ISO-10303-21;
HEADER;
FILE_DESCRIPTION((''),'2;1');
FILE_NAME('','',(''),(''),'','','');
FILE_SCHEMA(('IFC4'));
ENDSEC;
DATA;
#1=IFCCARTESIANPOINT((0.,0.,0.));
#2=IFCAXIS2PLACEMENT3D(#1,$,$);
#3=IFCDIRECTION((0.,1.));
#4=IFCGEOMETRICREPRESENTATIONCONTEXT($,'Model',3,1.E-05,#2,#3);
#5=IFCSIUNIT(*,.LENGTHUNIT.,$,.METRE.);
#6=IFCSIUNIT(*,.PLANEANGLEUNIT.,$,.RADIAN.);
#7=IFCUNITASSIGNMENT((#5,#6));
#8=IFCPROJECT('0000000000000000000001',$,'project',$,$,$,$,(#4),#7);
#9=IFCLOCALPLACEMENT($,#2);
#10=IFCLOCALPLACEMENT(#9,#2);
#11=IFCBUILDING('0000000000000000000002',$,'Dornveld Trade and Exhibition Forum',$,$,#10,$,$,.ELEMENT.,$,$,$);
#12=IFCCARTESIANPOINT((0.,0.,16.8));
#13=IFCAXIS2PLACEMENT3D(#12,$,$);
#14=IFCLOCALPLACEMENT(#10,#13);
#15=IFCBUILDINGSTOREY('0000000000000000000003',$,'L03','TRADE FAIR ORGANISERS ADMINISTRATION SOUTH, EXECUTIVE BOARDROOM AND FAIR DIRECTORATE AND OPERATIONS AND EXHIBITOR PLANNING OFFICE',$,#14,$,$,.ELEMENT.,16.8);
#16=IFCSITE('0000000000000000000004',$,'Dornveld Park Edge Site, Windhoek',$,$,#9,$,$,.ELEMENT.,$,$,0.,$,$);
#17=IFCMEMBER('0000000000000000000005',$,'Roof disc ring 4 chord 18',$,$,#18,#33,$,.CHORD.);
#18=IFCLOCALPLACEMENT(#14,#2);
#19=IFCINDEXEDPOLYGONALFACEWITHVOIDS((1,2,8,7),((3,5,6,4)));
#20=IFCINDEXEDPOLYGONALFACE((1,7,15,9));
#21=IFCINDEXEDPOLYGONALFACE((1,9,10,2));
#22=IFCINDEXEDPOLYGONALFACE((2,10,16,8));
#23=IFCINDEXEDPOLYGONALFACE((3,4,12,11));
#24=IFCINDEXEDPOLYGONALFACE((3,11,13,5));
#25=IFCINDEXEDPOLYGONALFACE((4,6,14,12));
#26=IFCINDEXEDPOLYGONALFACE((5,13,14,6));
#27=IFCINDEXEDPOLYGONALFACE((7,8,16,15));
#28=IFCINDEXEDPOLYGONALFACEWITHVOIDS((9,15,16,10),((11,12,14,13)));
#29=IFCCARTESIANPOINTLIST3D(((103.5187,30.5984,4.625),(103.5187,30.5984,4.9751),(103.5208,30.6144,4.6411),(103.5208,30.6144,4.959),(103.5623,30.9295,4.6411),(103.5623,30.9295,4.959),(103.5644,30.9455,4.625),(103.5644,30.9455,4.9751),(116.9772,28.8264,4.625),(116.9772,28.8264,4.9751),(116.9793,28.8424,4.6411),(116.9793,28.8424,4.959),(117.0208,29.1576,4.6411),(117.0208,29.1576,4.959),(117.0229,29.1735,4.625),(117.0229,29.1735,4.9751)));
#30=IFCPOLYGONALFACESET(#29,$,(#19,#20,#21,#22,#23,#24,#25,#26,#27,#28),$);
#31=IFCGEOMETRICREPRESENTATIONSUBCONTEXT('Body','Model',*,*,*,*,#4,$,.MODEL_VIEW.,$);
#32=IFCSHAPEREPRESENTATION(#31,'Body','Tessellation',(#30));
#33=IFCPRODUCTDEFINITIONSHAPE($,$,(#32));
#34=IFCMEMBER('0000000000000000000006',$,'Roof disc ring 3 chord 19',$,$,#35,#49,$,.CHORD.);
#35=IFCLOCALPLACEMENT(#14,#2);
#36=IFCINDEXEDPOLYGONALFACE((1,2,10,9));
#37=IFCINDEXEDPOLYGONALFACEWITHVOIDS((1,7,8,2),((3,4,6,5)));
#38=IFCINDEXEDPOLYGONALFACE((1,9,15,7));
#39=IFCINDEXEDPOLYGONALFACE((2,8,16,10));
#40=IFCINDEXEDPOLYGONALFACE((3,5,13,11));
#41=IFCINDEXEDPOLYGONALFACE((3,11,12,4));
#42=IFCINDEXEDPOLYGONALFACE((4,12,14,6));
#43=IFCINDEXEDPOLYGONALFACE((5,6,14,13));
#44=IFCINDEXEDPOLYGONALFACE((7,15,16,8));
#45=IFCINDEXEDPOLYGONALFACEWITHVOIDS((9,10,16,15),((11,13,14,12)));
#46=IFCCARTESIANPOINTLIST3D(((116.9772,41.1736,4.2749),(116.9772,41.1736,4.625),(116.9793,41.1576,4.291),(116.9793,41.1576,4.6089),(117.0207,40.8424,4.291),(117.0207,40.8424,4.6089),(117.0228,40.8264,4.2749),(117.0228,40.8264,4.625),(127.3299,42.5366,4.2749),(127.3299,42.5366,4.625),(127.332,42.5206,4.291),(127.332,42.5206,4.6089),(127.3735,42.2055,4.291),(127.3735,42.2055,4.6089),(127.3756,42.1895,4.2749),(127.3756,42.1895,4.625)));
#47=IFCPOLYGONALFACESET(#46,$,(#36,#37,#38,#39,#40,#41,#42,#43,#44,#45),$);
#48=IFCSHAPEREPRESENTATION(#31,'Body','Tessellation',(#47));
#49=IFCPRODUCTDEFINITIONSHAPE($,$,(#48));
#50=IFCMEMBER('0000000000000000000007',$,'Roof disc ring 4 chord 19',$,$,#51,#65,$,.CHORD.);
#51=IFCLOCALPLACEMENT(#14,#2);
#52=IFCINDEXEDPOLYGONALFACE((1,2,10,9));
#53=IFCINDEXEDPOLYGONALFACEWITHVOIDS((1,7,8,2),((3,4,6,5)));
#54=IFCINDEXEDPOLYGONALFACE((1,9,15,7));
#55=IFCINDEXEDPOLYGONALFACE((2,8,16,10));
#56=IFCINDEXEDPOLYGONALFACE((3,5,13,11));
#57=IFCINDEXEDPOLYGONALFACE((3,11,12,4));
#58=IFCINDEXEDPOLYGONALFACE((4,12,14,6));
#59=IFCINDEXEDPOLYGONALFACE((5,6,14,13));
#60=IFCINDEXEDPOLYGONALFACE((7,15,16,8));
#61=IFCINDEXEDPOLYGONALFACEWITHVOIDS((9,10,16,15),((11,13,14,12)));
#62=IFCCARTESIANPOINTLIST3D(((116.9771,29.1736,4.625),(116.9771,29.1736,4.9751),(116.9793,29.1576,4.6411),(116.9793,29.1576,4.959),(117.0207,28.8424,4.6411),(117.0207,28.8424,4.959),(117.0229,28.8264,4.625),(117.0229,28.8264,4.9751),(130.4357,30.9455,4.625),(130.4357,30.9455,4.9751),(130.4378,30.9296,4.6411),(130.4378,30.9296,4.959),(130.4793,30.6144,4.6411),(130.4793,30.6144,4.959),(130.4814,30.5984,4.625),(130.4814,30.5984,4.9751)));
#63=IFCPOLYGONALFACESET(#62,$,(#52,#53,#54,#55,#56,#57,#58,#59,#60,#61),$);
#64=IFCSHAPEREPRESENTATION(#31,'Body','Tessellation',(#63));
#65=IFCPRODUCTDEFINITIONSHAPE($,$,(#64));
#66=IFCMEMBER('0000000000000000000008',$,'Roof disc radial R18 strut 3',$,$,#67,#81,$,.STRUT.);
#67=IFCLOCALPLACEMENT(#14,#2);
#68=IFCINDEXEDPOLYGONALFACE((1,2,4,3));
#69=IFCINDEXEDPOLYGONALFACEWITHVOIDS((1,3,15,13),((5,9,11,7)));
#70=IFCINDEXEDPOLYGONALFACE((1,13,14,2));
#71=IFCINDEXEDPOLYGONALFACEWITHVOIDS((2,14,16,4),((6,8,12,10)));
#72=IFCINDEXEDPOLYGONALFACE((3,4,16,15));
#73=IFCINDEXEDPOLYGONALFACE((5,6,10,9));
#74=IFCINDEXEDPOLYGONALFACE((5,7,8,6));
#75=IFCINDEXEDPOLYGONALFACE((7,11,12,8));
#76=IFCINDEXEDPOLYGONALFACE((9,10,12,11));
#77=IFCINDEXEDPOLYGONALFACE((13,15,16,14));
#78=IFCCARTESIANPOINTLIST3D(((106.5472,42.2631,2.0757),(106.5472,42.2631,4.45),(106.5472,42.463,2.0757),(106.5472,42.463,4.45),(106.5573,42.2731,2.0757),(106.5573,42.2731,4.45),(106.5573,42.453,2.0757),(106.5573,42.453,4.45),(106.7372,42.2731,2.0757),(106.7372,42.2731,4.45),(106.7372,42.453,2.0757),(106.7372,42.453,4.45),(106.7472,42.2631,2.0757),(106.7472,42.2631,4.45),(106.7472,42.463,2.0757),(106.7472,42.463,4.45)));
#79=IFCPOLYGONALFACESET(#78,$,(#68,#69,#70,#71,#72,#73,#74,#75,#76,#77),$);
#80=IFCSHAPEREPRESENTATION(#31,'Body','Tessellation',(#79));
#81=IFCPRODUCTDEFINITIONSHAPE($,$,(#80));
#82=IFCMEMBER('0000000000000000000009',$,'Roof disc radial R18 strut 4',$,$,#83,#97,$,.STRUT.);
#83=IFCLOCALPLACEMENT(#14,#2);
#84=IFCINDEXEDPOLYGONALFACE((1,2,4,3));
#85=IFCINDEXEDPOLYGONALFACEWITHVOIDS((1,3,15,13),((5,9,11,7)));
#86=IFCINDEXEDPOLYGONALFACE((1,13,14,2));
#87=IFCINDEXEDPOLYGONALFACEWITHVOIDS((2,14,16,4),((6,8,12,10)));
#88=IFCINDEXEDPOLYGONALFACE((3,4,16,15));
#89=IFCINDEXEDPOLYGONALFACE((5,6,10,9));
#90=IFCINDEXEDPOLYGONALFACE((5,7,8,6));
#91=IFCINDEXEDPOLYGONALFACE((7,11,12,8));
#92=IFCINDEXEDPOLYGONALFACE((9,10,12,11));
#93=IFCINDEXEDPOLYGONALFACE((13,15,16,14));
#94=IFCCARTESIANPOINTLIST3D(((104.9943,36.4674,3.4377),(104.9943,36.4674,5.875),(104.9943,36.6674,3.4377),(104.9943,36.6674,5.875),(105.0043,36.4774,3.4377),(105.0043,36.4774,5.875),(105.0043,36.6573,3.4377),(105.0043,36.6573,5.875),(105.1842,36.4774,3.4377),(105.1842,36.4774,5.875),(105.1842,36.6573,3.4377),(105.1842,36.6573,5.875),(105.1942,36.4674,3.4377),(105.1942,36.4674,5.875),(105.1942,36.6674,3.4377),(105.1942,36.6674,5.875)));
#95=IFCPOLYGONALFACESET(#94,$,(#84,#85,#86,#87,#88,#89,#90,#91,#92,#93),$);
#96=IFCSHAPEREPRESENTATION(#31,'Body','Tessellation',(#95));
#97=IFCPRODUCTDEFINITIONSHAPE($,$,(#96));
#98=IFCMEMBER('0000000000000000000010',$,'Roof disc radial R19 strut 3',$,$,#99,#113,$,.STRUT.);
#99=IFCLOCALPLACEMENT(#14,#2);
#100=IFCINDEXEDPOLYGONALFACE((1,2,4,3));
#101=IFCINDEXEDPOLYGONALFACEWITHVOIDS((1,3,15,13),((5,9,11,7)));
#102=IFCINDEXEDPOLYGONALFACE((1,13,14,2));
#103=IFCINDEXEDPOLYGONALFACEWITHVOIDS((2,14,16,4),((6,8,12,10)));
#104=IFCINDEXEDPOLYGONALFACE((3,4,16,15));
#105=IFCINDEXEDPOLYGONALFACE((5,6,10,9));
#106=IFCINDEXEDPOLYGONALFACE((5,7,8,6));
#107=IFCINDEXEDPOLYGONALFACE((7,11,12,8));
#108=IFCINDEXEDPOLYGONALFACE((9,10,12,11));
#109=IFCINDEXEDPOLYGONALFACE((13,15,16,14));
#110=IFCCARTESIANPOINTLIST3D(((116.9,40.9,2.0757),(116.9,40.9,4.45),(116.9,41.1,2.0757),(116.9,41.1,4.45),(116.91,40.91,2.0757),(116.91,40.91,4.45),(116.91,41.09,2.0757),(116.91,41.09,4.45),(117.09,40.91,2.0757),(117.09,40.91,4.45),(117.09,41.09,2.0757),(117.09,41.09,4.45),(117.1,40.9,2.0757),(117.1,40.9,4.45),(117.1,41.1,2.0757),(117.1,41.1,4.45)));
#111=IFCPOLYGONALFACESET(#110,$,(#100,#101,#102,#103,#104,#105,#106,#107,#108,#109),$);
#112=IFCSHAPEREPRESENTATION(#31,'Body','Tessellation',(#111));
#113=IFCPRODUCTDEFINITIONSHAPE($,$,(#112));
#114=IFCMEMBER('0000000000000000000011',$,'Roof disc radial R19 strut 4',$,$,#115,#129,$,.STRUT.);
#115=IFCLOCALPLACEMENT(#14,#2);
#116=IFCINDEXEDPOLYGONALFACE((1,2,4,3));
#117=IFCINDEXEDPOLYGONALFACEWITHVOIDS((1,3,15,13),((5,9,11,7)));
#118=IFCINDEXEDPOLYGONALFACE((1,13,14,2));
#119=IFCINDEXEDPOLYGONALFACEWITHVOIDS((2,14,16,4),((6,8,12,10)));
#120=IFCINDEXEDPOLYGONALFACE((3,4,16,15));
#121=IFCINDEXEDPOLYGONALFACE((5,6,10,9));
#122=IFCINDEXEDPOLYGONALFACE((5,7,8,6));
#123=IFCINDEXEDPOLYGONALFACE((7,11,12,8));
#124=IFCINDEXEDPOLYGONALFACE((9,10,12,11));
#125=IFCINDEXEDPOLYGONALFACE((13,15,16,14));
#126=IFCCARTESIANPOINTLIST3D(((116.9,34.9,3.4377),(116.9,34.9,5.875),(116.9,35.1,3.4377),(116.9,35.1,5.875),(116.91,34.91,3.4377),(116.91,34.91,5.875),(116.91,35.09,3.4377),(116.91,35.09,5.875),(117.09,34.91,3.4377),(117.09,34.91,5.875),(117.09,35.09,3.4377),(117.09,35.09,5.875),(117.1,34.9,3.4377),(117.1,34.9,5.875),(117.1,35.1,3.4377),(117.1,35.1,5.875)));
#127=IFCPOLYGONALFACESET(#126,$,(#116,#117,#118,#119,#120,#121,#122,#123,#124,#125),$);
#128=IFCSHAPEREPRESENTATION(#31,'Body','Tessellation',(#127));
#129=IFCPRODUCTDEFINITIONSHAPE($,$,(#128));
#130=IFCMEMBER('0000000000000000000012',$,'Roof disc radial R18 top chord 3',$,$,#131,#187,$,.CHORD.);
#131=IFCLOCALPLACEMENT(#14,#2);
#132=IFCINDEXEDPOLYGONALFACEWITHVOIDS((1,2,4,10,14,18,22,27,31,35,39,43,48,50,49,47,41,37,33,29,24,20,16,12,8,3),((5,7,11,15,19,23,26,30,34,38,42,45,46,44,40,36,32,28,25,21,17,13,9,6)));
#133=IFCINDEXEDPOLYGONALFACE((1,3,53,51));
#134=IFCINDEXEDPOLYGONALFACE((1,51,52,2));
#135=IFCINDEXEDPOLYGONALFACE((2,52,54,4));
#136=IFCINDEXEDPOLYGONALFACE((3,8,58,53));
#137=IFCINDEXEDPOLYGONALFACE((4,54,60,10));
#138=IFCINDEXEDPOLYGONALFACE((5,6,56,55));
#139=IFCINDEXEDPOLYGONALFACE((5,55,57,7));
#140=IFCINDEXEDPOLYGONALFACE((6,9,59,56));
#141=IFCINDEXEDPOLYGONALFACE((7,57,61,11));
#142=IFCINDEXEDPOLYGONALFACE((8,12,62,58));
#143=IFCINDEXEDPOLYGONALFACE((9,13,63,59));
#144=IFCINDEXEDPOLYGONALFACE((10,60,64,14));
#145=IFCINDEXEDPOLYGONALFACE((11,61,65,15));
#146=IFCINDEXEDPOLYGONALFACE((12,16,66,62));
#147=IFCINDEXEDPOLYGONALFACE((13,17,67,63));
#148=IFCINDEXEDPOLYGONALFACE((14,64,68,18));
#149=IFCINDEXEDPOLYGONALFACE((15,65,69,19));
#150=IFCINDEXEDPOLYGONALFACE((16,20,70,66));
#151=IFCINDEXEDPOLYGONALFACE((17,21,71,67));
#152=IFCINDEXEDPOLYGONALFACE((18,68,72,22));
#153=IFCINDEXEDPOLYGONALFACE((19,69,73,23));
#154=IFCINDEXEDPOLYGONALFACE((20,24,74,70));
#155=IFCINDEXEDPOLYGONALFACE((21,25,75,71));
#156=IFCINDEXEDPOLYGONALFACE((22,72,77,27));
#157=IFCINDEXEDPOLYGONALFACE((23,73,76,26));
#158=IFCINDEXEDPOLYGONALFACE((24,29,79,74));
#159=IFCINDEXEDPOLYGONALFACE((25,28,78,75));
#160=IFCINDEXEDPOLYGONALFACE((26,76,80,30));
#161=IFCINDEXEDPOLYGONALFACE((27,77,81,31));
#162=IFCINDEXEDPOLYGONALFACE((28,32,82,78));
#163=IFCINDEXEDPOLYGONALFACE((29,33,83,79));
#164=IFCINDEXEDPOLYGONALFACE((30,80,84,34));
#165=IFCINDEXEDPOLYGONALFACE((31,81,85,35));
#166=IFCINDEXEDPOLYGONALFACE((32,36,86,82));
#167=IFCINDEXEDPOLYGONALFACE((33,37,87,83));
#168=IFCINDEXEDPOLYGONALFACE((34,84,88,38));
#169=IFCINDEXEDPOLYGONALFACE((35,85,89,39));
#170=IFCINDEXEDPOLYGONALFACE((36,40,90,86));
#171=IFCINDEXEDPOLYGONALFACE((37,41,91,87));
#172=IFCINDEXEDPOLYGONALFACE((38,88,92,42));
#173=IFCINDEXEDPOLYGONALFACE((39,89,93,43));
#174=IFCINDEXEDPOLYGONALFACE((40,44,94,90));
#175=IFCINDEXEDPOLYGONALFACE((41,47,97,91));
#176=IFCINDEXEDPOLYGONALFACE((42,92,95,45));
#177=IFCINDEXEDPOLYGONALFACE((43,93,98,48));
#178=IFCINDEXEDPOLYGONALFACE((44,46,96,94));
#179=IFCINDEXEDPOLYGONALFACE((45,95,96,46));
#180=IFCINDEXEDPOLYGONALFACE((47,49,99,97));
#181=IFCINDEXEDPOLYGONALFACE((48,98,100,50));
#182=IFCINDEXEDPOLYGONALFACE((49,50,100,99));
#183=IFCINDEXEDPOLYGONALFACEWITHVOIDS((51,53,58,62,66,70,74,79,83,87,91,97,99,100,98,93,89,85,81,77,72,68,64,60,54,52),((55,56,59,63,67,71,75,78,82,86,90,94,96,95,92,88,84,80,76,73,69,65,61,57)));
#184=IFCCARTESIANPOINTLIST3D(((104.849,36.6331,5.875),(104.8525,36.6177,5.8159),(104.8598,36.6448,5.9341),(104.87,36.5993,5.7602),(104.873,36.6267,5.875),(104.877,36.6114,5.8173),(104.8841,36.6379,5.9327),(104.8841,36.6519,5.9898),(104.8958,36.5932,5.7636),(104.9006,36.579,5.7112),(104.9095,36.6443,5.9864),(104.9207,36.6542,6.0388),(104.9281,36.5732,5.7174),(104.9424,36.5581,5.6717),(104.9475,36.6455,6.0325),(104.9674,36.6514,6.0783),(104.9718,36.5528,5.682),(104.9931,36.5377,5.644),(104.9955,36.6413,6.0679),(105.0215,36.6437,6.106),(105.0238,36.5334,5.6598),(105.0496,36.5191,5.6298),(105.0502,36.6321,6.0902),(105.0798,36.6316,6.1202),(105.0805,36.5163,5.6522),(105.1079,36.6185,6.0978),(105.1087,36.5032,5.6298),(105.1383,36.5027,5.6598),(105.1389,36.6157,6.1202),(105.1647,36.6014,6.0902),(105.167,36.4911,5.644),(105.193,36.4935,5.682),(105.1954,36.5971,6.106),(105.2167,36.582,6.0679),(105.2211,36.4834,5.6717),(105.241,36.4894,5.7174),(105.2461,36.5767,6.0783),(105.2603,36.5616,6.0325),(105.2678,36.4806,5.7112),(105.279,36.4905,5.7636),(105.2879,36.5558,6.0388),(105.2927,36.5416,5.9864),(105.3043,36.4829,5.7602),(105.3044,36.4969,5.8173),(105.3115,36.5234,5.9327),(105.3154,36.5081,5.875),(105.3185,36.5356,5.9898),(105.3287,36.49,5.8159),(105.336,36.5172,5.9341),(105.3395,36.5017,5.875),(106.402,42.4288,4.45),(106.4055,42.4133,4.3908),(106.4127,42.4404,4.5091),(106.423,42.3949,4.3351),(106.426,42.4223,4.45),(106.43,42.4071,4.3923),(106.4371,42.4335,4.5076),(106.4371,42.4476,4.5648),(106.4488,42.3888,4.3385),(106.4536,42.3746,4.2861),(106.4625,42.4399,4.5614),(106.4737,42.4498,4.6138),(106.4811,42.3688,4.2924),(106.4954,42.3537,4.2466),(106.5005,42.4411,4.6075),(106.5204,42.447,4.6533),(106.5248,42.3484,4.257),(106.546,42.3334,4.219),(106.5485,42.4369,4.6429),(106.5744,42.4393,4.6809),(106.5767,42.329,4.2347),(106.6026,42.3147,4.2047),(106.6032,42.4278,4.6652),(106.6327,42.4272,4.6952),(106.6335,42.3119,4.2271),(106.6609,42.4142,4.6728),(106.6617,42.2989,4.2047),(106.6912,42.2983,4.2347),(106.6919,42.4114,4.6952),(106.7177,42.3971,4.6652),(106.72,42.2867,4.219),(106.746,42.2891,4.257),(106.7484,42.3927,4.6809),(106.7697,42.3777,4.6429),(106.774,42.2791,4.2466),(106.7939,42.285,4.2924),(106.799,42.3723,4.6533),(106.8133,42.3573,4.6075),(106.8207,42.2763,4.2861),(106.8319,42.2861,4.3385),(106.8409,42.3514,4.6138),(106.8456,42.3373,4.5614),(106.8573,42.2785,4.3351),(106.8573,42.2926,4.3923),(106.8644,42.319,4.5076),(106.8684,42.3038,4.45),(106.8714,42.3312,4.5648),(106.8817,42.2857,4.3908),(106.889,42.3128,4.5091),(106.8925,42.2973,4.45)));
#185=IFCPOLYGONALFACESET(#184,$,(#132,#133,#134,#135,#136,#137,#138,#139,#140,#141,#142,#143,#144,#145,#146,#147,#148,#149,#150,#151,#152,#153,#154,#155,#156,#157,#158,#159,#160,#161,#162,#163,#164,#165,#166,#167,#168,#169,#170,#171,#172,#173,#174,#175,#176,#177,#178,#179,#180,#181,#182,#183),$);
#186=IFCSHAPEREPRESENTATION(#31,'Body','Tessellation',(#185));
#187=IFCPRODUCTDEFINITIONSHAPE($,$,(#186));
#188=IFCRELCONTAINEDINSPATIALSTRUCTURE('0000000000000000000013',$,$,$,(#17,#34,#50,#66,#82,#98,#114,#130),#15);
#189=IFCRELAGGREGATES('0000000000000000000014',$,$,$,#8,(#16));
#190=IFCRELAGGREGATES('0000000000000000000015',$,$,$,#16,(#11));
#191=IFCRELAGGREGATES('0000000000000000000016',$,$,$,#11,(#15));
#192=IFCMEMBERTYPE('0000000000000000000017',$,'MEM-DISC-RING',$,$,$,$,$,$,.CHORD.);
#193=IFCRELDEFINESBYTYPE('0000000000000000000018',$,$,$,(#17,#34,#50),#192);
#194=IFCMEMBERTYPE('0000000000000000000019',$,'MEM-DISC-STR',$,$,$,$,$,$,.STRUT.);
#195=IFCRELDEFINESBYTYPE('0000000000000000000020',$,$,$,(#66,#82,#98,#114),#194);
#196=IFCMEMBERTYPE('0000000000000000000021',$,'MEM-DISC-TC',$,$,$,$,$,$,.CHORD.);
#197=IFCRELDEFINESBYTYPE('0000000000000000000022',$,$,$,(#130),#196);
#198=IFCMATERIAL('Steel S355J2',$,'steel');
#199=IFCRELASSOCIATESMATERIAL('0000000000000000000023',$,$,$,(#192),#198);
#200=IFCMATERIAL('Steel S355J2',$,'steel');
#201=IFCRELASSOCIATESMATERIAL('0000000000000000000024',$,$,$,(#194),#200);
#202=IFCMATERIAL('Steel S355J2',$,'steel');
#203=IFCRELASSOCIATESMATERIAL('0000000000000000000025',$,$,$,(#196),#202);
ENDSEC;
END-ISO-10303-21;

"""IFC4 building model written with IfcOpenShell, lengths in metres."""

from ifc_helpers import new_model, si_unit, direction, frame, origin, origin_2d, place, context, subcontext, project, spatial, hollow_rectangle, hollow_circle, extrude, material, material_profile, profile_set, type_object, element, save


model = new_model("IFC4")

# Units and contexts
model_context = context("Model", 3, precision=1e-05, world=origin(), true_north=direction((0.0, 1.0)))
body_context = subcontext(model_context, "Body", "Model", "MODEL_VIEW")
ifc_project = project(units=[si_unit("LENGTHUNIT", "METRE"), si_unit("PLANEANGLEUNIT", "RADIAN")], contexts=[model_context])

# Site, building, storey
site_placement = place(None, origin())
site = spatial("IfcSite", under=ifc_project, at=site_placement, Name="Dornveld Park Edge Site, Windhoek", CompositionType="ELEMENT", RefElevation=0.0)
building_placement = place(site_placement, origin())
building = spatial("IfcBuilding", under=site, at=building_placement, Name="Dornveld Trade and Exhibition Forum", CompositionType="ELEMENT")
storey_placement = place(building_placement, frame((0.0, 0.0, 16.8)))
storey = spatial("IfcBuildingStorey", under=building, at=storey_placement, Name="L03", Description="TRADE FAIR ORGANISERS ADMINISTRATION SOUTH, EXECUTIVE BOARDROOM AND FAIR DIRECTORATE AND OPERATIONS AND EXHIBITOR PLANNING OFFICE", CompositionType="ELEMENT", Elevation=16.8)

# Members
ifc_material_1 = material(Name="Steel S355J2", Category="steel")
ifc_material_profile_1 = material_profile(ifc_material_1, hollow_rectangle(XDim=0.3501, YDim=0.3501, WallThickness=0.0161, at=origin_2d()), Name="SHS 350x350x16")
ifc_profile_set_1 = profile_set([ifc_material_profile_1], Name="Steel S355J2")
member_type_1 = type_object("IfcMemberType", Name="MEM-DISC-RING", PredefinedType="CHORD", material=ifc_profile_set_1)
member_1_placement = place(storey_placement, frame((103.5415, 30.772, 4.8), z_axis=(0.991444, -0.130535, 0.0), x_axis=(0.130535, 0.991444, 0.0)))
element("IfcMember", 1, at=member_1_placement, inside=storey, type_object=member_type_1, Name="Roof disc ring 4 chord 18", PredefinedType="CHORD", context=body_context, shape_type="SweptSolid", body=[
    extrude(hollow_rectangle(XDim=0.3501, YDim=0.3501, WallThickness=0.0161, at=origin_2d()), origin(), (0.0, 0.0, 1.0), 13.5747),
])
member_2_placement = place(storey_placement, frame((117.0, 41.0, 4.45), z_axis=(0.991444, 0.130533, 0.0), x_axis=(-0.130533, 0.991444, 0.0)))
element("IfcMember", 2, at=member_2_placement, inside=storey, type_object=member_type_1, Name="Roof disc ring 3 chord 19", PredefinedType="CHORD", context=body_context, shape_type="SweptSolid", body=[
    extrude(hollow_rectangle(XDim=0.3501, YDim=0.3501, WallThickness=0.0161, at=origin_2d()), origin(), (0.0, 0.0, 1.0), 10.4421),
])
member_3_placement = place(storey_placement, frame((117.0, 29.0, 4.8), z_axis=(0.991444, 0.130535, 0.0), x_axis=(-0.130535, 0.991444, 0.0)))
element("IfcMember", 3, at=member_3_placement, inside=storey, type_object=member_type_1, Name="Roof disc ring 4 chord 19", PredefinedType="CHORD", context=body_context, shape_type="SweptSolid", body=[
    extrude(hollow_rectangle(XDim=0.3501, YDim=0.3501, WallThickness=0.0161, at=origin_2d()), origin(), (0.0, 0.0, 1.0), 13.5747),
])
ifc_material_2 = material(Name="Steel S355J2", Category="steel")
ifc_material_profile_2 = material_profile(ifc_material_2, hollow_rectangle(XDim=0.2, YDim=0.2, WallThickness=0.01, at=origin_2d()), Name="SHS 200x200x10")
ifc_profile_set_2 = profile_set([ifc_material_profile_2], Name="Steel S355J2")
member_type_2 = type_object("IfcMemberType", Name="MEM-DISC-STR", PredefinedType="STRUT", material=ifc_profile_set_2)
member_4_placement = place(storey_placement, frame((106.6472, 42.363, 2.0757), z_axis=(0.0, 0.0, 1.0), x_axis=(1.0, 0.0, 0.0)))
element("IfcMember", 4, at=member_4_placement, inside=storey, type_object=member_type_2, Name="Roof disc radial R18 strut 3", PredefinedType="STRUT", context=body_context, shape_type="SweptSolid", body=[
    extrude(hollow_rectangle(XDim=0.2, YDim=0.2, WallThickness=0.01, at=origin_2d()), origin(), (0.0, 0.0, 1.0), 2.3743),
])
member_5_placement = place(storey_placement, frame((105.0942, 36.5674, 3.4377), z_axis=(0.0, 0.0, 1.0), x_axis=(1.0, 0.0, 0.0)))
element("IfcMember", 5, at=member_5_placement, inside=storey, type_object=member_type_2, Name="Roof disc radial R18 strut 4", PredefinedType="STRUT", context=body_context, shape_type="SweptSolid", body=[
    extrude(hollow_rectangle(XDim=0.2, YDim=0.2, WallThickness=0.01, at=origin_2d()), origin(), (0.0, 0.0, 1.0), 2.4373),
])
member_6_placement = place(storey_placement, frame((117.0, 41.0, 2.0757), z_axis=(0.0, 0.0, 1.0), x_axis=(1.0, 0.0, 0.0)))
element("IfcMember", 6, at=member_6_placement, inside=storey, type_object=member_type_2, Name="Roof disc radial R19 strut 3", PredefinedType="STRUT", context=body_context, shape_type="SweptSolid", body=[
    extrude(hollow_rectangle(XDim=0.2, YDim=0.2, WallThickness=0.01, at=origin_2d()), origin(), (0.0, 0.0, 1.0), 2.3743),
])
member_7_placement = place(storey_placement, frame((117.0, 35.0, 3.4377), z_axis=(0.0, 0.0, 1.0), x_axis=(1.0, 0.0, 0.0)))
element("IfcMember", 7, at=member_7_placement, inside=storey, type_object=member_type_2, Name="Roof disc radial R19 strut 4", PredefinedType="STRUT", context=body_context, shape_type="SweptSolid", body=[
    extrude(hollow_rectangle(XDim=0.2, YDim=0.2, WallThickness=0.01, at=origin_2d()), origin(), (0.0, 0.0, 1.0), 2.4373),
])
ifc_material_3 = material(Name="Steel S355J2", Category="steel")
ifc_material_profile_3 = material_profile(ifc_material_3, hollow_circle(Radius=0.2539, WallThickness=0.0249, at=origin_2d()), Name="CHS 508x25")
ifc_profile_set_3 = profile_set([ifc_material_profile_3], Name="Steel S355J2")
member_type_3 = type_object("IfcMemberType", Name="MEM-DISC-TC", PredefinedType="CHORD", material=ifc_profile_set_3)
member_8_placement = place(storey_placement, frame((106.6472, 42.363, 4.45), z_axis=(-0.25182, -0.939782, 0.231076), x_axis=(0.965924, -0.258825, 0.0)))
element("IfcMember", 8, at=member_8_placement, inside=storey, type_object=member_type_3, Name="Roof disc radial R18 top chord 3", PredefinedType="CHORD", context=body_context, shape_type="SweptSolid", body=[
    extrude(hollow_circle(Radius=0.2539, WallThickness=0.0249, at=origin_2d()), origin(), (0.0, 0.0, 1.0), 6.167),
])

save(model, "model.ifc")
